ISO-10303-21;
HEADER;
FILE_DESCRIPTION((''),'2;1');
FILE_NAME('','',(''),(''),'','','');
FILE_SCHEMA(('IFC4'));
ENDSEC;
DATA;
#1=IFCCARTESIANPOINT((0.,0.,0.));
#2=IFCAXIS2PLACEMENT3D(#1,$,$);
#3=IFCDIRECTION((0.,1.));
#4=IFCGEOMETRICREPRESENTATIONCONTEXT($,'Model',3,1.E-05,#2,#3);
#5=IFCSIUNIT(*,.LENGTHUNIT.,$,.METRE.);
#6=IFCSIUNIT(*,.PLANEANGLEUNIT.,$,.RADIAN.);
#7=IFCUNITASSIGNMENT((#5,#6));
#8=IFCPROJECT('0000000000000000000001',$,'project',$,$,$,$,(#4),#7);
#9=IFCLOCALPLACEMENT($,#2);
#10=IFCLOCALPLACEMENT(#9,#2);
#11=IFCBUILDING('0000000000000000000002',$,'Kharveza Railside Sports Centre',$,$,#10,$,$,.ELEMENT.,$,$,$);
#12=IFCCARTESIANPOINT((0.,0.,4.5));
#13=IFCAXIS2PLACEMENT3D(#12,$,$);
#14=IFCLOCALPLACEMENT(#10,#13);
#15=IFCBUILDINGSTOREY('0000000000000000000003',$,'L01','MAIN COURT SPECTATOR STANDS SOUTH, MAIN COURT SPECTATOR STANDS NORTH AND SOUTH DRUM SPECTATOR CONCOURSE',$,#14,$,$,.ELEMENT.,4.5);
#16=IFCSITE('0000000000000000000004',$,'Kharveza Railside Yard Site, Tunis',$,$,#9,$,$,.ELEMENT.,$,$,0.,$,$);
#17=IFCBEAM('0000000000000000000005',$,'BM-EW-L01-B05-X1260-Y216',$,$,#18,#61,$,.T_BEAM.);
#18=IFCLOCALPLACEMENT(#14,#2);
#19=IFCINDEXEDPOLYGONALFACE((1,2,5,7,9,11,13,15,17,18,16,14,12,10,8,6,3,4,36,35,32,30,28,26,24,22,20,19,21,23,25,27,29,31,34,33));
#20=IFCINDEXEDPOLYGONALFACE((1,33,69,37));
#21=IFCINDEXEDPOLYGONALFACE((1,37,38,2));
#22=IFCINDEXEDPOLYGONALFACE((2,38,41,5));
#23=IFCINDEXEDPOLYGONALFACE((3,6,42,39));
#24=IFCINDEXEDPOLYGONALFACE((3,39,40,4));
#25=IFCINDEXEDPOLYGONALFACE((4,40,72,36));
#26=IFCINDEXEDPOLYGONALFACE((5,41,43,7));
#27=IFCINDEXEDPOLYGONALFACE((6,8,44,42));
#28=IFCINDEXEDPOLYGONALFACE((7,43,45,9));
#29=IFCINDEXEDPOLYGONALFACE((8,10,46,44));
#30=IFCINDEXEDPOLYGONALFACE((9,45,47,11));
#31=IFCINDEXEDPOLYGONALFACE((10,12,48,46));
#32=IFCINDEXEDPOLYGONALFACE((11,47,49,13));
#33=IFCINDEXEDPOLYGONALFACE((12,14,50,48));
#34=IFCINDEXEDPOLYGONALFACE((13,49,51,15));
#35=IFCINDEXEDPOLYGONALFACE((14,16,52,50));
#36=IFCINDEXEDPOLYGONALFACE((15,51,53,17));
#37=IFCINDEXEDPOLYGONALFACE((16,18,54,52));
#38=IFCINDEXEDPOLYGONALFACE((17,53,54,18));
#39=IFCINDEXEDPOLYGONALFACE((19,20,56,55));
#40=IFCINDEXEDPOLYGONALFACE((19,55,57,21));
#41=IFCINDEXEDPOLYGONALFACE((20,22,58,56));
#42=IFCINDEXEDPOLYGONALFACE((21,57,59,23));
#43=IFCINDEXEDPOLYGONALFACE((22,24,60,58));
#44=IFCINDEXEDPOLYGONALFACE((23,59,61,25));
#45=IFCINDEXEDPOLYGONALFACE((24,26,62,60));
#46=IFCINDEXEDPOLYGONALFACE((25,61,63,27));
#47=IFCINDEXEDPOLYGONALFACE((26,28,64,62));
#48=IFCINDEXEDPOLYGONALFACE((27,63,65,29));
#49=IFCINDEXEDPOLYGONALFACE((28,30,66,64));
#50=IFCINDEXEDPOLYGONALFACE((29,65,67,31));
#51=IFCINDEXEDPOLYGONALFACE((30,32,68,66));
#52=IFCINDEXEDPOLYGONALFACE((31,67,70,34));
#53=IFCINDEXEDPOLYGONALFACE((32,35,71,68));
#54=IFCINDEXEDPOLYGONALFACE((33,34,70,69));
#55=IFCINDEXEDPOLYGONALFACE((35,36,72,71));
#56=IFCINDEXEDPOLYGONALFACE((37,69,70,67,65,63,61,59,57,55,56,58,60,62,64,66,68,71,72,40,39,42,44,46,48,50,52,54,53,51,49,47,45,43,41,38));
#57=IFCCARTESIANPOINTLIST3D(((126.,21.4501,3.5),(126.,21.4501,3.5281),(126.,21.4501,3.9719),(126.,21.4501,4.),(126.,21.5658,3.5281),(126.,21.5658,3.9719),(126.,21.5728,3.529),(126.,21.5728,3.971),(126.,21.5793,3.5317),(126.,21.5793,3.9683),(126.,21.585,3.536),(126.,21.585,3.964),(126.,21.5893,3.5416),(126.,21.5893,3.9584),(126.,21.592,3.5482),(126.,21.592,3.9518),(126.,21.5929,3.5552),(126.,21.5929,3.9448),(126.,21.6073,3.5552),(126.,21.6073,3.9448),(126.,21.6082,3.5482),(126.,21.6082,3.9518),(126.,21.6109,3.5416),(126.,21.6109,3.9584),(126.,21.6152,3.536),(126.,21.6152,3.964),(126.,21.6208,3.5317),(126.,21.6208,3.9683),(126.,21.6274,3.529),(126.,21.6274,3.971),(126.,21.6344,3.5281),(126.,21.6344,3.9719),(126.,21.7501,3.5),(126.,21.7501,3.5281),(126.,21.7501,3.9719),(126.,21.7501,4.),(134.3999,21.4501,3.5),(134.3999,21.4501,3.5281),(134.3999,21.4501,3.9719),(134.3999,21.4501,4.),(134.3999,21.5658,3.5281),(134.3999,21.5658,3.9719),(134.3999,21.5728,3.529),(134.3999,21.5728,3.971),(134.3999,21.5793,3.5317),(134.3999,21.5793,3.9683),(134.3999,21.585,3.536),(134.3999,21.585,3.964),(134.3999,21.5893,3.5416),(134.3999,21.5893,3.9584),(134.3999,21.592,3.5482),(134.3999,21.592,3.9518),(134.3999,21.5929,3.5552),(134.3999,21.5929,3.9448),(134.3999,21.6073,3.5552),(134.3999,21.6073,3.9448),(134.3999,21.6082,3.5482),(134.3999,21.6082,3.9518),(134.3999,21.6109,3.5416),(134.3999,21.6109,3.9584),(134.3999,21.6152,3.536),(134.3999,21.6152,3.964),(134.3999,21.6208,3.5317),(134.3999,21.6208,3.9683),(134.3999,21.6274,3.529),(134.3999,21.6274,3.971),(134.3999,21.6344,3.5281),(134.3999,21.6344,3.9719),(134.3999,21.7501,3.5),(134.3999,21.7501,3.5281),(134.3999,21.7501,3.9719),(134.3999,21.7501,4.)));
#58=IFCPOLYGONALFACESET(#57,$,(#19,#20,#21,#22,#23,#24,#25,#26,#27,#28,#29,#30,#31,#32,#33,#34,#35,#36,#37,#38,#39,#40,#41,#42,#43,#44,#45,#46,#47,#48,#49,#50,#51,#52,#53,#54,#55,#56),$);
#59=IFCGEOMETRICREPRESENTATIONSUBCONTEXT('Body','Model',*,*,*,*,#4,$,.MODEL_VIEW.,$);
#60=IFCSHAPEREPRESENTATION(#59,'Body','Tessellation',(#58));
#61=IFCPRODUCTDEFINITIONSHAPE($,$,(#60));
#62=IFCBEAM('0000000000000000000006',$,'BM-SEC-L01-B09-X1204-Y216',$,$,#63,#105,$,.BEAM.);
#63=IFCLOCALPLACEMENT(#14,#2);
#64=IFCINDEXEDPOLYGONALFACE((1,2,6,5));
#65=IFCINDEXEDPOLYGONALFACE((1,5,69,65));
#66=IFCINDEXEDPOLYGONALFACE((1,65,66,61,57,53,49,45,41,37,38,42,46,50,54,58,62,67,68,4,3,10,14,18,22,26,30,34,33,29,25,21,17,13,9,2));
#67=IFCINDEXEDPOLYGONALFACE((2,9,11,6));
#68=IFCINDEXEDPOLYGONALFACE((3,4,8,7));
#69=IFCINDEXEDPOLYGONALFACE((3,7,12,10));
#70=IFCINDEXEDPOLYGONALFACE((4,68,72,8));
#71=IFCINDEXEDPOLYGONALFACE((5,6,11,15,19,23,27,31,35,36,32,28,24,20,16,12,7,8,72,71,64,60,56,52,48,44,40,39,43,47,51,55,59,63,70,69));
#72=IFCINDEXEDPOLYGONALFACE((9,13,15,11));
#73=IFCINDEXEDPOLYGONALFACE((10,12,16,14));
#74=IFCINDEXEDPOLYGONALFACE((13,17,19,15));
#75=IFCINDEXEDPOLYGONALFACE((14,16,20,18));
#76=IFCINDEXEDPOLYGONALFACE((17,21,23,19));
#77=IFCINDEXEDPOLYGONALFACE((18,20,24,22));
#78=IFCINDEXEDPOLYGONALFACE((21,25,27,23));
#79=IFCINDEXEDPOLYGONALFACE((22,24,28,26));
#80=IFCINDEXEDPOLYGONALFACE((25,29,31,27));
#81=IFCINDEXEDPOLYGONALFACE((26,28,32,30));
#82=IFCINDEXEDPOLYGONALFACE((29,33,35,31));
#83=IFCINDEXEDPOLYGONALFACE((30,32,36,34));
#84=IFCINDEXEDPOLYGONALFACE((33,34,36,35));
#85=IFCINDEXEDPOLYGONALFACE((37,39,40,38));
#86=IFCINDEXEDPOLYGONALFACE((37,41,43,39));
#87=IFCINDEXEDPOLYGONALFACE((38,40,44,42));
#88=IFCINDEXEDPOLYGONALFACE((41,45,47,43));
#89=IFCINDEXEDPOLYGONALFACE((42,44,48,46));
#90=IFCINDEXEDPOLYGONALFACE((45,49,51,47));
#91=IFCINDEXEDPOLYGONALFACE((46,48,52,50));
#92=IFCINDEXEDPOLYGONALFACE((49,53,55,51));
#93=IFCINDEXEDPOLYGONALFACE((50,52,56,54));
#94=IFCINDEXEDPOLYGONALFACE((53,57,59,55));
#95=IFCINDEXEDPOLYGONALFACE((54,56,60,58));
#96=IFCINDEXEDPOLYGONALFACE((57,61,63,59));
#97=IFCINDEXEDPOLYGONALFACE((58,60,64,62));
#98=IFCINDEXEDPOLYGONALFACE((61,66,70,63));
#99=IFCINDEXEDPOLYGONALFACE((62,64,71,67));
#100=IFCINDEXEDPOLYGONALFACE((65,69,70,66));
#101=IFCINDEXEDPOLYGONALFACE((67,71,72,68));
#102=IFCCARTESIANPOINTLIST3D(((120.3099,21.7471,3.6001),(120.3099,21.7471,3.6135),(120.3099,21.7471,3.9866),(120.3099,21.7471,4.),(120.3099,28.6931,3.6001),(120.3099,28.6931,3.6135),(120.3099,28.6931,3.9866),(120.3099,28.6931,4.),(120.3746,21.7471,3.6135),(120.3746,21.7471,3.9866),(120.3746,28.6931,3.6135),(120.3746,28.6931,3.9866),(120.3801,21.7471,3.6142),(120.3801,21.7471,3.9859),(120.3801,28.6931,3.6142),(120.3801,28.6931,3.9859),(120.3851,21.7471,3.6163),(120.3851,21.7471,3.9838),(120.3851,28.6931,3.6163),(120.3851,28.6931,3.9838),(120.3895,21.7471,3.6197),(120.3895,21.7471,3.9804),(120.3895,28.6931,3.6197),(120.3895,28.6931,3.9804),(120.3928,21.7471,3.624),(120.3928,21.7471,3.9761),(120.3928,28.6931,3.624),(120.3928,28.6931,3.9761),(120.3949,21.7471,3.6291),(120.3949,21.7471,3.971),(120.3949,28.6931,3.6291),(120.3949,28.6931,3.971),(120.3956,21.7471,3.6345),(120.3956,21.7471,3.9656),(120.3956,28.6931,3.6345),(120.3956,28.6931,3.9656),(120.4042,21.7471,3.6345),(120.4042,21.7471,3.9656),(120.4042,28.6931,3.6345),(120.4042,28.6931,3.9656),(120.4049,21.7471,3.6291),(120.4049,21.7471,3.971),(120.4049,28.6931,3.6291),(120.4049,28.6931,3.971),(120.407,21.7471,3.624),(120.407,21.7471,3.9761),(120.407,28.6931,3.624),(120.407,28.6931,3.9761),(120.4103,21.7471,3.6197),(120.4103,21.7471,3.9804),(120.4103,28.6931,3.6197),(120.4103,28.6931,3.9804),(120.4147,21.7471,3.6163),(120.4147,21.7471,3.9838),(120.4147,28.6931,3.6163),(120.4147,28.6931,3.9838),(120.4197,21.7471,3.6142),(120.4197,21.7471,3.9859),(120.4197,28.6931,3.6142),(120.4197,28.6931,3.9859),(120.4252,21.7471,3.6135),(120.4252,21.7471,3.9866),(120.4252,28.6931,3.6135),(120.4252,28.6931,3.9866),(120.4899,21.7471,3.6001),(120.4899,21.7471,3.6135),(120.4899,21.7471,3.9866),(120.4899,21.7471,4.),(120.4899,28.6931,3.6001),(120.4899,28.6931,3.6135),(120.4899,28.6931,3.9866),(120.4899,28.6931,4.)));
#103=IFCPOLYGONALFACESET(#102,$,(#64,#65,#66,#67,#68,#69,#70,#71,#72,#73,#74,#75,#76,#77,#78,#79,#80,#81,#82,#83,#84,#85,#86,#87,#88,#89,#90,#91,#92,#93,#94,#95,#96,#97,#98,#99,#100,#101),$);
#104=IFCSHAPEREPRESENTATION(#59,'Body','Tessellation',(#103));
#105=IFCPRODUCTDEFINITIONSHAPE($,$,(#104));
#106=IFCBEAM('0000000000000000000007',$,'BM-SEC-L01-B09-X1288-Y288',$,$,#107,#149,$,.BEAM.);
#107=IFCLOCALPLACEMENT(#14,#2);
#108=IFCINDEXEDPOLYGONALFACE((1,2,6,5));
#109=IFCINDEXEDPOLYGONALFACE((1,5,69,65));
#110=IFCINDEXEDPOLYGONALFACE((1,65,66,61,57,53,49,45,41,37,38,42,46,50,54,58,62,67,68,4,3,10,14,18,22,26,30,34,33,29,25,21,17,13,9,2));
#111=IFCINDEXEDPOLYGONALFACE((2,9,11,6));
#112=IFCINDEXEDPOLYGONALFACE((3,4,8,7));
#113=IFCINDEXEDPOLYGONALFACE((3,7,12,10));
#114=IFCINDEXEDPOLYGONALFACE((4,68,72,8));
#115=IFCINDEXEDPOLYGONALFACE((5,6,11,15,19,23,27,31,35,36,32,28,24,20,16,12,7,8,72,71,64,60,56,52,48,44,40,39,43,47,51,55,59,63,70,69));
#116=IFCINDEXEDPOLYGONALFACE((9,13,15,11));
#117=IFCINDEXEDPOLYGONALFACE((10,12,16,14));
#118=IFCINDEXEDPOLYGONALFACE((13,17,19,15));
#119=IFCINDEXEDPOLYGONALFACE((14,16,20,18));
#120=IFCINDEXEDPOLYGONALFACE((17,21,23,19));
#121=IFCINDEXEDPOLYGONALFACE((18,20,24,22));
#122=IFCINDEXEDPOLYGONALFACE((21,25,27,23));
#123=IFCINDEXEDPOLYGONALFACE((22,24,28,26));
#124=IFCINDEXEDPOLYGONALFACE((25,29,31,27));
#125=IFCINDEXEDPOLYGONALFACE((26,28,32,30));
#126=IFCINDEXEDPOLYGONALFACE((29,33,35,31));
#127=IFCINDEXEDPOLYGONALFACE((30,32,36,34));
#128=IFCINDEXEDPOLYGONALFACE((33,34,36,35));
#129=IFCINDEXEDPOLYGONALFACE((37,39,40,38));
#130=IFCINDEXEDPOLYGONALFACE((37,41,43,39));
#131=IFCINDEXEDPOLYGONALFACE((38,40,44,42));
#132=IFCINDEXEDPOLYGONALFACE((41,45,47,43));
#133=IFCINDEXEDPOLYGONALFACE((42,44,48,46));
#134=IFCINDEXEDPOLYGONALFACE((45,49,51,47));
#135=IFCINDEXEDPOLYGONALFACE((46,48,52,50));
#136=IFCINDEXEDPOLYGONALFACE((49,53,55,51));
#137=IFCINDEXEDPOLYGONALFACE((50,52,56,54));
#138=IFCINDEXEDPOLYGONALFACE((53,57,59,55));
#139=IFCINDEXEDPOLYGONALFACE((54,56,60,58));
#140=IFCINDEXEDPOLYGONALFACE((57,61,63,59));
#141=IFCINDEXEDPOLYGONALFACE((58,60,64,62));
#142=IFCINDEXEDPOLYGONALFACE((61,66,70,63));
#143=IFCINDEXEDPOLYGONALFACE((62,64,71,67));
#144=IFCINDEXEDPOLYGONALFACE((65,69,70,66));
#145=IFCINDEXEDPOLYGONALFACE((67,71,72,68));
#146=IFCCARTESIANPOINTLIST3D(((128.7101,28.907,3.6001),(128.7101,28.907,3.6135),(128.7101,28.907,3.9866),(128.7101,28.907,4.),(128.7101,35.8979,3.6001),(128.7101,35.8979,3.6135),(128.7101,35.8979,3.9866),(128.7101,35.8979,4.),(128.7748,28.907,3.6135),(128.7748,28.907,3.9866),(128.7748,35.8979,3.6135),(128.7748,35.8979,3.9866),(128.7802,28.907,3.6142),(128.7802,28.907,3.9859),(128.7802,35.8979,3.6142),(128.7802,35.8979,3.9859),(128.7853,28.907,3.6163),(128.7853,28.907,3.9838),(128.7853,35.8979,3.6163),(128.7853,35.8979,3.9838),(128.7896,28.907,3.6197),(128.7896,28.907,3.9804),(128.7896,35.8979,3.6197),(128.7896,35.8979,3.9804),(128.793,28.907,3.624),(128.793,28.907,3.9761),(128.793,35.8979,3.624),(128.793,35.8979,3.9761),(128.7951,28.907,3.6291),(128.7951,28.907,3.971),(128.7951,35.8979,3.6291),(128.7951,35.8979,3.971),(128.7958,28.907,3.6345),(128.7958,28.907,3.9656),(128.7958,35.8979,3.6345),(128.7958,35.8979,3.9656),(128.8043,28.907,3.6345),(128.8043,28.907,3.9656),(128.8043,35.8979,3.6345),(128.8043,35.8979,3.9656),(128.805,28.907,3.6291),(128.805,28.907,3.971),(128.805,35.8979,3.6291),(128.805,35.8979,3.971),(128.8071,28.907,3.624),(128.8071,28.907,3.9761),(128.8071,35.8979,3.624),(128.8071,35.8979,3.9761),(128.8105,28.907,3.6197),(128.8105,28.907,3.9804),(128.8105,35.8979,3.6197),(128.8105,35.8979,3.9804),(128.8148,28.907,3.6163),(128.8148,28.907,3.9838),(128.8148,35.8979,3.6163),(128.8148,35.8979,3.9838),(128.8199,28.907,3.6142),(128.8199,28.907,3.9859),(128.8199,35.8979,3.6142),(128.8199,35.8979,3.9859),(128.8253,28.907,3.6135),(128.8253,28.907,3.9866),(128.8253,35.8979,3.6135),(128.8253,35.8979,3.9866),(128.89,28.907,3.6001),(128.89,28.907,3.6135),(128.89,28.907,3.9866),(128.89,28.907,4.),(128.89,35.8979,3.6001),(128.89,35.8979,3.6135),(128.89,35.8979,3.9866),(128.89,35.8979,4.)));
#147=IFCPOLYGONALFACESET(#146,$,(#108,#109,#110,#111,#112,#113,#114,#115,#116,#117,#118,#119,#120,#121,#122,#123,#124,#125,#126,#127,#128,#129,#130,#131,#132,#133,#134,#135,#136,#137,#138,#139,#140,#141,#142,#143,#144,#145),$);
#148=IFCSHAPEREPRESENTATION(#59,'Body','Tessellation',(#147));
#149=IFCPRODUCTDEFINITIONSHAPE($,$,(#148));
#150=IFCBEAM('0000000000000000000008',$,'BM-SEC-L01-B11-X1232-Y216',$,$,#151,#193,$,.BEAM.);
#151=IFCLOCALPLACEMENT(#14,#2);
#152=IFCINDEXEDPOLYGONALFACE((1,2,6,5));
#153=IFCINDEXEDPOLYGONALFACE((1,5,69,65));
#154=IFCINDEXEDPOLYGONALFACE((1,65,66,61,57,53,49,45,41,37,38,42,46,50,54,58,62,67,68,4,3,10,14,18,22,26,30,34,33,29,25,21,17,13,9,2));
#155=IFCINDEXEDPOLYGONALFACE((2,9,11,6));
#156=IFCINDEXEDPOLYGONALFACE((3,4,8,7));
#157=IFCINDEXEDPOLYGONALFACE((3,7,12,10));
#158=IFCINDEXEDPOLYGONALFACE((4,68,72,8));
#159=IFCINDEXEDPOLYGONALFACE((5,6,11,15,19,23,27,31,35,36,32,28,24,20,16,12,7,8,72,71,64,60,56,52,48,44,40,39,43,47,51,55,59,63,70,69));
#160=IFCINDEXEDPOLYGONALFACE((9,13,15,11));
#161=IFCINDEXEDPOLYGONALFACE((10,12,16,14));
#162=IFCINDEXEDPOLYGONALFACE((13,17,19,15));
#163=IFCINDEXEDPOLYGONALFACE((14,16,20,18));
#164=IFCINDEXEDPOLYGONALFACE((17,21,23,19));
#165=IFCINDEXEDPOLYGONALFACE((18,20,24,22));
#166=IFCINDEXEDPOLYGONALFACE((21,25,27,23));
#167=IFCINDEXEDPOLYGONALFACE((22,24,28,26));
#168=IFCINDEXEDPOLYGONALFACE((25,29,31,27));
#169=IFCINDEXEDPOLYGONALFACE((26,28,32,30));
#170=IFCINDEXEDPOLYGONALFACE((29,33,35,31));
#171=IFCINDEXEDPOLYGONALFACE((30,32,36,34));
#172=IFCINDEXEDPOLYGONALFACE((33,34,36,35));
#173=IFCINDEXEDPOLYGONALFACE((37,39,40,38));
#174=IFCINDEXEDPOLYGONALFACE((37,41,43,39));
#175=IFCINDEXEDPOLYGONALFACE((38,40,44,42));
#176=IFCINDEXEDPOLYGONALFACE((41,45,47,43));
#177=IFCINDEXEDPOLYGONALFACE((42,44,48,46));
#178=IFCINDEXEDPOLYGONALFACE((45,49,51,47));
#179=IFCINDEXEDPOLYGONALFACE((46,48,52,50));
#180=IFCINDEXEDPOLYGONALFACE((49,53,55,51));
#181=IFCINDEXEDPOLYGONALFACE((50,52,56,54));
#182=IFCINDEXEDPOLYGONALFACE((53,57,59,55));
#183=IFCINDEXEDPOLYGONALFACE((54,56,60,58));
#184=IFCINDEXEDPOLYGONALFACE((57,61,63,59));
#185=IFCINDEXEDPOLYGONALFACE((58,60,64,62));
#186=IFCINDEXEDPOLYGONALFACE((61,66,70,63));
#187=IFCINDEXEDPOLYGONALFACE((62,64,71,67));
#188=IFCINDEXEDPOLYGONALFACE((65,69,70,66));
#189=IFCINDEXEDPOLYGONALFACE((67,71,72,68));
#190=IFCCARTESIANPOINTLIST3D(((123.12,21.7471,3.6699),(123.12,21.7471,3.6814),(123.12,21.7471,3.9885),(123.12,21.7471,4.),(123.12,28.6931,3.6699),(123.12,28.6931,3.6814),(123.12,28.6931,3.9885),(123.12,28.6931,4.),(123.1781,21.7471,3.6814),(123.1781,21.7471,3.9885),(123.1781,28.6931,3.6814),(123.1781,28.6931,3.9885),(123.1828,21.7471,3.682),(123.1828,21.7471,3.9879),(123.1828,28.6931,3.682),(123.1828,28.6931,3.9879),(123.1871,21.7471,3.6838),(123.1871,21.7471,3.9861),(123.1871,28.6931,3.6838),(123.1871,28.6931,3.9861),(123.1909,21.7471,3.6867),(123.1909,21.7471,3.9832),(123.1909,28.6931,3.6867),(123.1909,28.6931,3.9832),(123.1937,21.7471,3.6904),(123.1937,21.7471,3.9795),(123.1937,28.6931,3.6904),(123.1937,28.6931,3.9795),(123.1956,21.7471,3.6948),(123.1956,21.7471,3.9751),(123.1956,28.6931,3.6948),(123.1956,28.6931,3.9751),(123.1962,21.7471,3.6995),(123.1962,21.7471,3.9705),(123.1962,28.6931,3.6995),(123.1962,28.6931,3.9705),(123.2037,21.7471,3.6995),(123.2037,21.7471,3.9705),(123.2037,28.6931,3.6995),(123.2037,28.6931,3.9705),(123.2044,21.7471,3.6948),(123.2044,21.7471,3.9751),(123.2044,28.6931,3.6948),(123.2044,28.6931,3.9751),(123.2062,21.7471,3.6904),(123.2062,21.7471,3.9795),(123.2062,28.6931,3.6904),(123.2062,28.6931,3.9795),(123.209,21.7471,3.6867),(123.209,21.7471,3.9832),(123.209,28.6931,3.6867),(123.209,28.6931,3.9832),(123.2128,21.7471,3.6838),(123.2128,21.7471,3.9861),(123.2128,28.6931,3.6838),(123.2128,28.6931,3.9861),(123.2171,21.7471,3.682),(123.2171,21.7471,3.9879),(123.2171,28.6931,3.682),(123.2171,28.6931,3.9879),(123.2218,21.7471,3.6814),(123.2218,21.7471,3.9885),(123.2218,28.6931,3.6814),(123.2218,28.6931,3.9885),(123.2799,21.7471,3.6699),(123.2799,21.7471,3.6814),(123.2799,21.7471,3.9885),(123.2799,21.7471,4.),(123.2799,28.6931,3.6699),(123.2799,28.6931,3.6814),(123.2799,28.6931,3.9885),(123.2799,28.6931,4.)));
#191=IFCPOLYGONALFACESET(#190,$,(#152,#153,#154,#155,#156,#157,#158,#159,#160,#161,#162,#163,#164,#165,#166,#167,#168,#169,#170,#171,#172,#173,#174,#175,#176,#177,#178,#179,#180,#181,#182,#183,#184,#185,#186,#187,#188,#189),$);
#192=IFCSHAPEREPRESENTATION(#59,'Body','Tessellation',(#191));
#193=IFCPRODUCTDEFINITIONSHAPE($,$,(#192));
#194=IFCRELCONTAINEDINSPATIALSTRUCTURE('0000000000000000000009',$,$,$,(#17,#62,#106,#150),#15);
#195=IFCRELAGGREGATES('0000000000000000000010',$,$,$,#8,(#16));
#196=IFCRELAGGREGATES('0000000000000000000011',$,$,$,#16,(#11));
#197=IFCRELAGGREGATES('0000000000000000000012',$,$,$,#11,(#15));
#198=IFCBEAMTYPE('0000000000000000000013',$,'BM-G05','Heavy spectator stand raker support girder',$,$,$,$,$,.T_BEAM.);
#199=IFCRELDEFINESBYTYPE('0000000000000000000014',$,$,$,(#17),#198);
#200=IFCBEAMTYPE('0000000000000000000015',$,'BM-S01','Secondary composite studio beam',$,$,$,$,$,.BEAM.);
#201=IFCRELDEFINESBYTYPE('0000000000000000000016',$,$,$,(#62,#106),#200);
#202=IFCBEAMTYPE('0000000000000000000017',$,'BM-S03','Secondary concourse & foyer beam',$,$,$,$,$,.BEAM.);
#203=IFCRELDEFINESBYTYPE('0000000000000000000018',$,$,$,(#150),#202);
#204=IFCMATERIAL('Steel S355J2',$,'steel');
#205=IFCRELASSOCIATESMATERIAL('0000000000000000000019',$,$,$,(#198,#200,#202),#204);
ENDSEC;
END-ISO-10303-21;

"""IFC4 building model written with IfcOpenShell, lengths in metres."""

from ifc_helpers import new_model, si_unit, direction, frame, origin, origin_2d, place, context, subcontext, project, spatial, i_section, extrude, material, material_profile, profile_set, type_object, element, save


model = new_model("IFC4")

# Units and contexts
model_context = context("Model", 3, precision=1e-05, world=origin(), true_north=direction((0.0, 1.0)))
body_context = subcontext(model_context, "Body", "Model", "MODEL_VIEW")
ifc_project = project(units=[si_unit("LENGTHUNIT", "METRE"), si_unit("PLANEANGLEUNIT", "RADIAN")], contexts=[model_context])

# Site, building, storey
site_placement = place(None, origin())
site = spatial("IfcSite", under=ifc_project, at=site_placement, Name="Kharveza Railside Yard Site, Tunis", CompositionType="ELEMENT", RefElevation=0.0)
building_placement = place(site_placement, origin())
building = spatial("IfcBuilding", under=site, at=building_placement, Name="Kharveza Railside Sports Centre", CompositionType="ELEMENT")
storey_placement = place(building_placement, frame((0.0, 0.0, 4.5)))
storey = spatial("IfcBuildingStorey", under=building, at=storey_placement, Name="L01", Description="MAIN COURT SPECTATOR STANDS SOUTH, MAIN COURT SPECTATOR STANDS NORTH AND SOUTH DRUM SPECTATOR CONCOURSE", CompositionType="ELEMENT", Elevation=4.5)

# Shared definitions
ifc_material_1 = material(Name="Steel S355J2", Category="steel")

# Beams
ifc_material_profile_1 = material_profile(ifc_material_1, i_section(OverallWidth=0.3, OverallDepth=0.5, WebThickness=0.0144, FlangeThickness=0.0281, FilletRadius=0.0271, at=origin_2d()), Name="HEB 500")
ifc_profile_set_1 = profile_set([ifc_material_profile_1], Name="Steel S355J2")
beam_type_1 = type_object("IfcBeamType", Name="BM-G05", Description="Heavy spectator stand raker support girder", PredefinedType="T_BEAM", material=ifc_profile_set_1)
for number, where, z_axis, x_axis, name in (
    (1, (126.0, 21.6001, 3.75), (1.0, 0.0, 0.0), (0.0, 1.0, 0.0), "BM-EW-L01-B05-X1260-Y216"),
):
    element("IfcBeam", number, at=place(storey_placement, frame(where, z_axis=z_axis, x_axis=x_axis)), inside=storey, type_object=beam_type_1, Name=name, PredefinedType="T_BEAM", context=body_context, shape_type="SweptSolid", body=[
        extrude(i_section(OverallWidth=0.3, OverallDepth=0.5, WebThickness=0.0144, FlangeThickness=0.0281, FilletRadius=0.0271, at=origin_2d()), origin(), (0.0, 0.0, 1.0), 8.3999),
    ])
ifc_material_profile_2 = material_profile(ifc_material_1, i_section(OverallWidth=0.1799, OverallDepth=0.3999, WebThickness=0.0085, FlangeThickness=0.0134, FilletRadius=0.021, at=origin_2d()), Name="IPE 400")
ifc_profile_set_2 = profile_set([ifc_material_profile_2], Name="Steel S355J2")
beam_type_2 = type_object("IfcBeamType", Name="BM-S01", Description="Secondary composite studio beam", PredefinedType="BEAM", material=ifc_profile_set_2)
beam_1_placement = place(storey_placement, frame((120.3999, 21.7471, 3.8), z_axis=(0.0, 1.0, 0.0), x_axis=(-1.0, 0.0, 0.0)))
element("IfcBeam", 2, at=beam_1_placement, inside=storey, type_object=beam_type_2, Name="BM-SEC-L01-B09-X1204-Y216", PredefinedType="BEAM", context=body_context, shape_type="SweptSolid", body=[
    extrude(i_section(OverallWidth=0.1799, OverallDepth=0.3999, WebThickness=0.0085, FlangeThickness=0.0134, FilletRadius=0.021, at=origin_2d()), origin(), (0.0, 0.0, 1.0), 6.946),
])
beam_2_placement = place(storey_placement, frame((128.8, 28.907, 3.8), z_axis=(0.0, 1.0, 0.0), x_axis=(-1.0, 0.0, 0.0)))
element("IfcBeam", 3, at=beam_2_placement, inside=storey, type_object=beam_type_2, Name="BM-SEC-L01-B09-X1288-Y288", PredefinedType="BEAM", context=body_context, shape_type="SweptSolid", body=[
    extrude(i_section(OverallWidth=0.1799, OverallDepth=0.3999, WebThickness=0.0085, FlangeThickness=0.0134, FilletRadius=0.021, at=origin_2d()), origin(), (0.0, 0.0, 1.0), 6.991),
])
ifc_material_profile_3 = material_profile(ifc_material_1, i_section(OverallWidth=0.1599, OverallDepth=0.3301, WebThickness=0.0076, FlangeThickness=0.0115, FilletRadius=0.0181, at=origin_2d()), Name="IPE 330")
ifc_profile_set_3 = profile_set([ifc_material_profile_3], Name="Steel S355J2")
beam_type_3 = type_object("IfcBeamType", Name="BM-S03", Description="Secondary concourse & foyer beam", PredefinedType="BEAM", material=ifc_profile_set_3)
beam_3_placement = place(storey_placement, frame((123.2, 21.7471, 3.835), z_axis=(0.0, 1.0, 0.0), x_axis=(-1.0, 0.0, 0.0)))
element("IfcBeam", 4, at=beam_3_placement, inside=storey, type_object=beam_type_3, Name="BM-SEC-L01-B11-X1232-Y216", PredefinedType="BEAM", context=body_context, shape_type="SweptSolid", body=[
    extrude(i_section(OverallWidth=0.1599, OverallDepth=0.3301, WebThickness=0.0076, FlangeThickness=0.0115, FilletRadius=0.0181, at=origin_2d()), origin(), (0.0, 0.0, 1.0), 6.946),
])

save(model, "model.ifc")
